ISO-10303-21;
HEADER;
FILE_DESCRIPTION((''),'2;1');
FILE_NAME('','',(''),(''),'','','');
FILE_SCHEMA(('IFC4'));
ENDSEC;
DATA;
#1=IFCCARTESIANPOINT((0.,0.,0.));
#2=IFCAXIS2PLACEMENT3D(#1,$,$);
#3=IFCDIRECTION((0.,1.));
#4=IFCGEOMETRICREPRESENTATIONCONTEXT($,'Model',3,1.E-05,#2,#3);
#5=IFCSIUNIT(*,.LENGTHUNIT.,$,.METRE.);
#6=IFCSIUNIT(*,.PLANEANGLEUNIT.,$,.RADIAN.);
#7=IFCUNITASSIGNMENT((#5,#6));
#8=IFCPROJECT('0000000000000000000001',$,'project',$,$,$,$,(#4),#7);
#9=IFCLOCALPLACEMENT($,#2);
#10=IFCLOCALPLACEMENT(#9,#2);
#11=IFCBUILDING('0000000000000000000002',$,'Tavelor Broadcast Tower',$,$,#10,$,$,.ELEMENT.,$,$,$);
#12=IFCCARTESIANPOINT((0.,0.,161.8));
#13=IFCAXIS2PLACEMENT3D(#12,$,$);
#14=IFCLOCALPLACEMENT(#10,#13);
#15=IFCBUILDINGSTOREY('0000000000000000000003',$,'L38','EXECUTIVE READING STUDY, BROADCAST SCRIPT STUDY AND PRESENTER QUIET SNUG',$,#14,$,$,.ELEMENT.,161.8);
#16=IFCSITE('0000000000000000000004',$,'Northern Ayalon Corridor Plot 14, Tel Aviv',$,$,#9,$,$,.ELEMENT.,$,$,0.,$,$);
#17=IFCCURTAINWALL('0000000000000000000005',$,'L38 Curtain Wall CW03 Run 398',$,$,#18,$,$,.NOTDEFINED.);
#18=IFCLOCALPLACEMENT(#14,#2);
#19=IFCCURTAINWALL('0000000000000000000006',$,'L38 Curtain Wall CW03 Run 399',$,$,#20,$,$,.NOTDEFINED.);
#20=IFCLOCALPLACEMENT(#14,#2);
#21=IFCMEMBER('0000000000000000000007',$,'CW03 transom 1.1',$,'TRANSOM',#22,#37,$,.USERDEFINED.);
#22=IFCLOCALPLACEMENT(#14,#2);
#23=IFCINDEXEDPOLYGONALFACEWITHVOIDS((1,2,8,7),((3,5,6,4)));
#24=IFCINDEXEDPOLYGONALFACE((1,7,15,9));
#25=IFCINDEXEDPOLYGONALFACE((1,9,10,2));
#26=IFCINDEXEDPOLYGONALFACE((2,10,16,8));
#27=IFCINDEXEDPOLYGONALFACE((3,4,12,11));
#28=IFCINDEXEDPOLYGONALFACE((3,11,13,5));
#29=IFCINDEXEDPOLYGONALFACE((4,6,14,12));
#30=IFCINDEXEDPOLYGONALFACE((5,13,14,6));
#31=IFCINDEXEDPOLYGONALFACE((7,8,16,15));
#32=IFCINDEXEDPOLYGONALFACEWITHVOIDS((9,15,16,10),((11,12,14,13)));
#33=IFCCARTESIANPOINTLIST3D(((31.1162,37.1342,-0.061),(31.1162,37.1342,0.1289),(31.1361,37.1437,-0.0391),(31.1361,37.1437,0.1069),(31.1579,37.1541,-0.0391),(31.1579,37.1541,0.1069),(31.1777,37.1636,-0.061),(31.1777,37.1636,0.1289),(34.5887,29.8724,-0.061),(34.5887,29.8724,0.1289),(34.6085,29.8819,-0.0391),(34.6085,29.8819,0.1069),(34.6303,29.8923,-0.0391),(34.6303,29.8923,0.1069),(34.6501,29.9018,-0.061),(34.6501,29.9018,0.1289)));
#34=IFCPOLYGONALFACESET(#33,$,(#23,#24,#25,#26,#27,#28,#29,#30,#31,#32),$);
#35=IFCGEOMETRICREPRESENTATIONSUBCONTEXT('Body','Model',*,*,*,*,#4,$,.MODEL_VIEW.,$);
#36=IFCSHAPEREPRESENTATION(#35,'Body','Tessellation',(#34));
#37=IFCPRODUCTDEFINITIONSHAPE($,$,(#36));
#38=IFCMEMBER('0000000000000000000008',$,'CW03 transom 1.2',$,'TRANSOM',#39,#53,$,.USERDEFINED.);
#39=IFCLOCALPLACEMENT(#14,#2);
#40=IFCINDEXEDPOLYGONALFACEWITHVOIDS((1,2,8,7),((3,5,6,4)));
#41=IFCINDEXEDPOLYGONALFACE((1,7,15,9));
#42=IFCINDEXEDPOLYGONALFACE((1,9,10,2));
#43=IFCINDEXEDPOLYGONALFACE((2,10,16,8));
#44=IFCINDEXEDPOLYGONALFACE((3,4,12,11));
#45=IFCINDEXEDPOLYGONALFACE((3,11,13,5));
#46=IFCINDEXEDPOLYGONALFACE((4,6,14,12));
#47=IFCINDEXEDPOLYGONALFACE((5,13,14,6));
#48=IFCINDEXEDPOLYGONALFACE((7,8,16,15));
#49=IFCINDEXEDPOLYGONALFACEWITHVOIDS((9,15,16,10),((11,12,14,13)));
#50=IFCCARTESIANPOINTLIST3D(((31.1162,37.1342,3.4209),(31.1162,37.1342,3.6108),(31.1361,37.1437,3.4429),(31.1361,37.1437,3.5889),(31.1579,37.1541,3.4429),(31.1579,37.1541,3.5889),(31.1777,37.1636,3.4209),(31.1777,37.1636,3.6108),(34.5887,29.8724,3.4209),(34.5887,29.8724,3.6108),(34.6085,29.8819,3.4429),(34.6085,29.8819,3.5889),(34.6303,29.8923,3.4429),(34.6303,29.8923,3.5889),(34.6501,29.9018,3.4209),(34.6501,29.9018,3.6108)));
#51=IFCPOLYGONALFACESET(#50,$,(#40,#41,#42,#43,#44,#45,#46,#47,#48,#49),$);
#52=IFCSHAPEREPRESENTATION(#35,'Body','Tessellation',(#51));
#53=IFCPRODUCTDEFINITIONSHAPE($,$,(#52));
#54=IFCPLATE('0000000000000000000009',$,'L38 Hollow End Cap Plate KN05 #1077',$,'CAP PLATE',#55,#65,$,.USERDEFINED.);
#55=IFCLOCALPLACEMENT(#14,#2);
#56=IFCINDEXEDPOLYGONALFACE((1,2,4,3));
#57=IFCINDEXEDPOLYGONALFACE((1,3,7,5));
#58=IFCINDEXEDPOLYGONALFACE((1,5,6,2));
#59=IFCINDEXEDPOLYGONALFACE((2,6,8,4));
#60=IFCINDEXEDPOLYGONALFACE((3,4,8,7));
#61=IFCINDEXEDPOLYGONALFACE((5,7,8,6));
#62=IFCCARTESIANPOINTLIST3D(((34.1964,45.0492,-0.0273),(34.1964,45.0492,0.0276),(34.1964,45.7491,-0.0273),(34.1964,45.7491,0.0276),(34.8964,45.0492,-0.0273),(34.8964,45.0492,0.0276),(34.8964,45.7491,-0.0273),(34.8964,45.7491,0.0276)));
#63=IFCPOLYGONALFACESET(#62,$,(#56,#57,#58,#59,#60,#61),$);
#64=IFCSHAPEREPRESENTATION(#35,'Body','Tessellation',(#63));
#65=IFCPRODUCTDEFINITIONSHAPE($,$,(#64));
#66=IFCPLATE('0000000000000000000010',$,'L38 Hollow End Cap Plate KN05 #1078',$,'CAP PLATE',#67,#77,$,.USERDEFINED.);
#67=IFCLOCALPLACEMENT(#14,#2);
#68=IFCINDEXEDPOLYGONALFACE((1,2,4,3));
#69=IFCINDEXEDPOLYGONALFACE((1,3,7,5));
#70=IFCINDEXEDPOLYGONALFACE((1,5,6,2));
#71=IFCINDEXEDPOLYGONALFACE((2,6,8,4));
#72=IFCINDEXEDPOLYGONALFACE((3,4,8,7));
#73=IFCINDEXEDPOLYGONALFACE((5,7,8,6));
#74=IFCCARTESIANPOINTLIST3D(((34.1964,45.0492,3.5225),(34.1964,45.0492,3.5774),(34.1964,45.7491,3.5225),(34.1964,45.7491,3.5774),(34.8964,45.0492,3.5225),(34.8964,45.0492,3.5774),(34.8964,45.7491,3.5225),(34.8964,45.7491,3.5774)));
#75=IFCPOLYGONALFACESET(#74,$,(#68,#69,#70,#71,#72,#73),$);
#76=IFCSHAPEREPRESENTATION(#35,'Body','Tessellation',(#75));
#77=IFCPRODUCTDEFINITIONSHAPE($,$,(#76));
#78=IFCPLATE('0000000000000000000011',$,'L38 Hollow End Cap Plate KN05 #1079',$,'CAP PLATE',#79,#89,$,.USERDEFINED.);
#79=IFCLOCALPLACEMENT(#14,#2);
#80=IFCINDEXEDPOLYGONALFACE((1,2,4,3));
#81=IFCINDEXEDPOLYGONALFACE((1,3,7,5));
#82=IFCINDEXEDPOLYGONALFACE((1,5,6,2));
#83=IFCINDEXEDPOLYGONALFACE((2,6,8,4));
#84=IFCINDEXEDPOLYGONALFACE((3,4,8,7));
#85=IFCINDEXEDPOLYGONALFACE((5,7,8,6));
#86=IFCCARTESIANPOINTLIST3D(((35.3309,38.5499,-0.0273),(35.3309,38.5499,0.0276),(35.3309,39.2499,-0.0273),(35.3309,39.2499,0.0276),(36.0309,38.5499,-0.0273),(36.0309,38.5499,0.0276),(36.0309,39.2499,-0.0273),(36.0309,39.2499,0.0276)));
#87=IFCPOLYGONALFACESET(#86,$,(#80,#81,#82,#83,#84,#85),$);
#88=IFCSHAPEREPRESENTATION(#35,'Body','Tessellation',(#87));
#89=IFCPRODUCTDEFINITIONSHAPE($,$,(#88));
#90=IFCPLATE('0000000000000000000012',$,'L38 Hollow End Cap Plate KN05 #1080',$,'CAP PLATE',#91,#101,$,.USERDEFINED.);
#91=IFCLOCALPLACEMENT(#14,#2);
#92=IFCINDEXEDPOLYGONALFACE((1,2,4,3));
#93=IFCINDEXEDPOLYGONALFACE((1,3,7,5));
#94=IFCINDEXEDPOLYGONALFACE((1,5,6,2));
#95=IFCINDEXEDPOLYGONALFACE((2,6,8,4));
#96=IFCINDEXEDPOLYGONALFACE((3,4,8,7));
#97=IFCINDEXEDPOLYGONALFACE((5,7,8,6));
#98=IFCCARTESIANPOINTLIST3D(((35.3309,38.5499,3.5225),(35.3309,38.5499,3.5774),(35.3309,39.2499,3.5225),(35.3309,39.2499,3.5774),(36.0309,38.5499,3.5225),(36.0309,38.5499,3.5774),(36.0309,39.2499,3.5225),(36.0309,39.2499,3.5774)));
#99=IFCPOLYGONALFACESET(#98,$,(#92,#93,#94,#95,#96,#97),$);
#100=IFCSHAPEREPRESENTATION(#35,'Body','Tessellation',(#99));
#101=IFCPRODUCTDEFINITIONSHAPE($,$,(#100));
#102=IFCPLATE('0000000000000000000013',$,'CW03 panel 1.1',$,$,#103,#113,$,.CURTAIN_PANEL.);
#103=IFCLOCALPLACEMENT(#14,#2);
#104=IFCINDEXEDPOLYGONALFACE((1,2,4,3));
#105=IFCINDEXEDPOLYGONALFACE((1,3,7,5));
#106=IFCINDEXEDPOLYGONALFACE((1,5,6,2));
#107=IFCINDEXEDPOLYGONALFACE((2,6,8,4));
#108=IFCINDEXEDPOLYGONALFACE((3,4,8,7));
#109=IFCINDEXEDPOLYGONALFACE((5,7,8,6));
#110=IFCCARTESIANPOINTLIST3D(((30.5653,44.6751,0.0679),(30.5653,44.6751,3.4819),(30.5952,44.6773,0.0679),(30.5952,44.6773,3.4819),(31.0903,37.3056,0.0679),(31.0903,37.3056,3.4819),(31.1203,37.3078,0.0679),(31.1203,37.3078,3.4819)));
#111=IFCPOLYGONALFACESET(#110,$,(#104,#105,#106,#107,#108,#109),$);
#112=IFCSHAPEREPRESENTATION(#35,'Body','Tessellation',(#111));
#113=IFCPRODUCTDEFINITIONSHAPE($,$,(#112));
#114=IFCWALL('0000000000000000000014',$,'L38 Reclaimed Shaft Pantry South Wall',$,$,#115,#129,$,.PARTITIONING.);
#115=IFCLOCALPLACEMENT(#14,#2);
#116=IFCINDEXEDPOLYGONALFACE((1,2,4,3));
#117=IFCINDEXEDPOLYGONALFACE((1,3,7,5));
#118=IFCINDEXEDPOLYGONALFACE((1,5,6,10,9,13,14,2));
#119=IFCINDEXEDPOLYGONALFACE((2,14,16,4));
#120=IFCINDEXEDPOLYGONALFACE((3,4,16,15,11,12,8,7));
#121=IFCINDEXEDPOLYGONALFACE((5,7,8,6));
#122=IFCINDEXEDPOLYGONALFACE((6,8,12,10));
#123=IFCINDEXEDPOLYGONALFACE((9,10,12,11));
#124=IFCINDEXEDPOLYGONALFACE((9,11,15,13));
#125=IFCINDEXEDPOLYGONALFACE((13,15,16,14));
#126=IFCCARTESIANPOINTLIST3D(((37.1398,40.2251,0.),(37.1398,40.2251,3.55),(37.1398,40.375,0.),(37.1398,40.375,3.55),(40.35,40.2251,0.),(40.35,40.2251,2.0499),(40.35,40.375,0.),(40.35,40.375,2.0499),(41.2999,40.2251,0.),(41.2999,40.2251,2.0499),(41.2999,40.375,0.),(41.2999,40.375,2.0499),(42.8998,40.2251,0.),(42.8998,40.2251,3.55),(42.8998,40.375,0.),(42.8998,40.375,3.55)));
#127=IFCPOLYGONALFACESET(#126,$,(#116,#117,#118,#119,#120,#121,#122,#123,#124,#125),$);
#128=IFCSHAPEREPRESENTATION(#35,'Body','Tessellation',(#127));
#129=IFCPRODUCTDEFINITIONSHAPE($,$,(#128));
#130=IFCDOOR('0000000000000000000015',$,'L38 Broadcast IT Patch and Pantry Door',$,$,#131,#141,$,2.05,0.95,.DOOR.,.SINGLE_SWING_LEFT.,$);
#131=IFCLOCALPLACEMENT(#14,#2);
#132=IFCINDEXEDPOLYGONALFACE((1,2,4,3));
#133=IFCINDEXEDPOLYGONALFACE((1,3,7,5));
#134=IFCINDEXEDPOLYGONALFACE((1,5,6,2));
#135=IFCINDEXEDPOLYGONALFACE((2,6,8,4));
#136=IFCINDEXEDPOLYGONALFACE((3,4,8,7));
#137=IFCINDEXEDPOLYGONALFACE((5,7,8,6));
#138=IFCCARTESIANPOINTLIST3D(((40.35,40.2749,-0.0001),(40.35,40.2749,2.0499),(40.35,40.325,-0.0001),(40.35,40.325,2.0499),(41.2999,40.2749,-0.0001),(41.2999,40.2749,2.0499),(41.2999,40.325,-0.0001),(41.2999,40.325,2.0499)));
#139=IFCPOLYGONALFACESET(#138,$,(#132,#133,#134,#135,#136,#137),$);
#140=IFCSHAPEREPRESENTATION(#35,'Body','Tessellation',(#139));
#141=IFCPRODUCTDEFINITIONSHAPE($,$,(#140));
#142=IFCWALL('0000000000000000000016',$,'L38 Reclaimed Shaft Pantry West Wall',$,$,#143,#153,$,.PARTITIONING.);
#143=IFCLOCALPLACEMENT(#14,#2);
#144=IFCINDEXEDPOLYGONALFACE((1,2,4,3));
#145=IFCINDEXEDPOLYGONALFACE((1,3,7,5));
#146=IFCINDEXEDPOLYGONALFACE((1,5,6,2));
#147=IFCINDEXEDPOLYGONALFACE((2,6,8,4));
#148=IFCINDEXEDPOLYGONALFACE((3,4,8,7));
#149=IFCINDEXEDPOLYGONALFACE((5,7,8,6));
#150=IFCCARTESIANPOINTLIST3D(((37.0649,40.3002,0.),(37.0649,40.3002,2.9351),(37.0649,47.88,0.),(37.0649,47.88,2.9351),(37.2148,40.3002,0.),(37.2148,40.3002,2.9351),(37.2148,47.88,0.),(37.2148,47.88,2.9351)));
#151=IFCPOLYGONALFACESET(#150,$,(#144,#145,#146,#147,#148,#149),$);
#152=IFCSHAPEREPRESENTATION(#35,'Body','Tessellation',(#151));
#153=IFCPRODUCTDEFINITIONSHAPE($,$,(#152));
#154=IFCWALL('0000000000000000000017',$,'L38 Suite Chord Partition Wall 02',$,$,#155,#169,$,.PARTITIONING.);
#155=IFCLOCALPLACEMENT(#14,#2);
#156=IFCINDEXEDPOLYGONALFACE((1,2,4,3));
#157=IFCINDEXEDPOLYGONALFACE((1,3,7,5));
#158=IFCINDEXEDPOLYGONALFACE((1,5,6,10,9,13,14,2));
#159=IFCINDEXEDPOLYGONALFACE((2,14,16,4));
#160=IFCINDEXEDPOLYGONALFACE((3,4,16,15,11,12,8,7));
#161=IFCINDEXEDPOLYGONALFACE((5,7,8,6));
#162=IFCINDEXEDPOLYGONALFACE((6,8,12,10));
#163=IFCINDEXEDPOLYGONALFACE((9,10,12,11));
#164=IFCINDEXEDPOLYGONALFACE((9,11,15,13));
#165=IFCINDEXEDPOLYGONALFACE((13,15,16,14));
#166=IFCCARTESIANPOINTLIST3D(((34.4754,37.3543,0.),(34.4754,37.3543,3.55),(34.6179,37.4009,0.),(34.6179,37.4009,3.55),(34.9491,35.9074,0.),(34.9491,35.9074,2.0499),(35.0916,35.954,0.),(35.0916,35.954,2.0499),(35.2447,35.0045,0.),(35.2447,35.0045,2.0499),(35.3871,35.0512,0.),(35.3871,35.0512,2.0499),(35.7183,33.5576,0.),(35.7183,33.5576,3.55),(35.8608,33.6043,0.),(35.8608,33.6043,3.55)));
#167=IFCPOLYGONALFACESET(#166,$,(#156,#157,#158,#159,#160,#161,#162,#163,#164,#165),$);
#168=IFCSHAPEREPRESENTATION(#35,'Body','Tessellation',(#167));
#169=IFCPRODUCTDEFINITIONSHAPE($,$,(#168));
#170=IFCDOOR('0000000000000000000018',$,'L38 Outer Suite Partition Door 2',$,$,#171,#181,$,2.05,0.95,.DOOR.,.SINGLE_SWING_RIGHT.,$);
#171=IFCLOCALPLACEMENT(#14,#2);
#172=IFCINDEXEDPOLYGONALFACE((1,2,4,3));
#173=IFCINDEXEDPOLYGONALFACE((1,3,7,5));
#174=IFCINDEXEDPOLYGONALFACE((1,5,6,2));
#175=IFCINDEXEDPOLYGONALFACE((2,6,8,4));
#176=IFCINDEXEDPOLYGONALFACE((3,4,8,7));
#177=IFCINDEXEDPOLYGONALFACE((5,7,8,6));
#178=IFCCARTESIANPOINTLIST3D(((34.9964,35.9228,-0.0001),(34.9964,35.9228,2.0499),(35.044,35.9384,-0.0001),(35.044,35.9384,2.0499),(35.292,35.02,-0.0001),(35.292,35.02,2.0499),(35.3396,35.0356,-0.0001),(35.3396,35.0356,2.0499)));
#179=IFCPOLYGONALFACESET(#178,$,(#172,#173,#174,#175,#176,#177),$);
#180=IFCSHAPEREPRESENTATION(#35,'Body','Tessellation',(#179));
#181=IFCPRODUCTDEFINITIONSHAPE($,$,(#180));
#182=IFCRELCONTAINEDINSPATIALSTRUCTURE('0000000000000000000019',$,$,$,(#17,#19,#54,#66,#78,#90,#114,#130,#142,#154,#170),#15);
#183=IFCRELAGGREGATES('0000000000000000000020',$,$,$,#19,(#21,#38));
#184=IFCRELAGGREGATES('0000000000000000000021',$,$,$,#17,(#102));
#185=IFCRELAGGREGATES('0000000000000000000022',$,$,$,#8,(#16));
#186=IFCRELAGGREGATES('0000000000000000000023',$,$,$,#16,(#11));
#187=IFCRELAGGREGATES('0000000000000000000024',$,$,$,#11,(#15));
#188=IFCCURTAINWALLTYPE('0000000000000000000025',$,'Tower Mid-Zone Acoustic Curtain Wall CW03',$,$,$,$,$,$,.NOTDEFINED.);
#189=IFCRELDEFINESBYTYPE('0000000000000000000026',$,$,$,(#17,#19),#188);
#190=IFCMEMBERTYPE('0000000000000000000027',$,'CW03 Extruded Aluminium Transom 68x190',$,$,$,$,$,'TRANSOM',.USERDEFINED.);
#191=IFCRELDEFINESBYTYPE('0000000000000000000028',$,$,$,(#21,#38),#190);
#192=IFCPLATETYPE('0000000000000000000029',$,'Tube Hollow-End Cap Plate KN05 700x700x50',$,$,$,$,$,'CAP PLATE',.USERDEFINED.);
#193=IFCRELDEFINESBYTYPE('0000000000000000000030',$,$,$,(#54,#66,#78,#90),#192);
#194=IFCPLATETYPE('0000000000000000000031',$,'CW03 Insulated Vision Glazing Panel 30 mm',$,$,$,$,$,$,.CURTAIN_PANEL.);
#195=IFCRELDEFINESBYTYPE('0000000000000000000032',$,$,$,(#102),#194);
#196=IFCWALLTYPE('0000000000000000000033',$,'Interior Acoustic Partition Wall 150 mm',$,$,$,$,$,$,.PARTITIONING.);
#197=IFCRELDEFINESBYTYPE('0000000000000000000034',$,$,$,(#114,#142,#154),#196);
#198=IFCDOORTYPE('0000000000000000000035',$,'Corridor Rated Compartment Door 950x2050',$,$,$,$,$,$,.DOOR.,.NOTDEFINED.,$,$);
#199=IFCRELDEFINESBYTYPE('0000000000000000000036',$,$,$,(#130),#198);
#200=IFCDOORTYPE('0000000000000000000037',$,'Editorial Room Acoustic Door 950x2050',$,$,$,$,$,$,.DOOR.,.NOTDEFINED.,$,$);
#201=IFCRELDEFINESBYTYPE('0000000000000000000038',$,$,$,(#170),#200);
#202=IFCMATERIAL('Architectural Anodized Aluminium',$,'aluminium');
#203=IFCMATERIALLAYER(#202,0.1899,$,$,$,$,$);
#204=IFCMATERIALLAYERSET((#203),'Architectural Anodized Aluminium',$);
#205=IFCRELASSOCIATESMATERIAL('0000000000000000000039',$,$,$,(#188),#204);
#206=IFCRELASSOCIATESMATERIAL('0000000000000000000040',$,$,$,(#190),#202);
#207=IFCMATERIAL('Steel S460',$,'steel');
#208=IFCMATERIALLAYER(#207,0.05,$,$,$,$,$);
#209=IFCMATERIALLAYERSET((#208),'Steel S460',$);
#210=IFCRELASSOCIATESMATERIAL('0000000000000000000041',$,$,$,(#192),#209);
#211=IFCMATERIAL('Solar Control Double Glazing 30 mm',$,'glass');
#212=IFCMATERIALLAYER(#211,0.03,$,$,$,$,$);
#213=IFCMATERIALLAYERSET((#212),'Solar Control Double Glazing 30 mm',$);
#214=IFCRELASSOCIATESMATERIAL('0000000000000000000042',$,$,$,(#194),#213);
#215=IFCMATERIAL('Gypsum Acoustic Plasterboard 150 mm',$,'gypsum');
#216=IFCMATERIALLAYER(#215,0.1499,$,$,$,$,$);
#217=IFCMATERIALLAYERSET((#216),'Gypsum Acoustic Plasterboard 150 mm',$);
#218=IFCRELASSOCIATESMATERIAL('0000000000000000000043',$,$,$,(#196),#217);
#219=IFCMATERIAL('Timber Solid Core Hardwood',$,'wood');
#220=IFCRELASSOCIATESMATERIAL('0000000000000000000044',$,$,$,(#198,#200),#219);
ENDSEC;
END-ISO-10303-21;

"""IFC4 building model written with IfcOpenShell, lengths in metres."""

from ifc_helpers import new_model, si_unit, direction, frame, frame_2d, origin, origin_2d, place, context, subcontext, project, spatial, rectangle, hollow_rectangle, extrude, source, transform, mapped, material, layer, layer_set, material_profile, profile_set, type_object, type_shapes, element, fill, aggregate, save


model = new_model("IFC4")

# Units and contexts
model_context = context("Model", 3, precision=1e-05, world=origin(), true_north=direction((0.0, 1.0)))
body_context = subcontext(model_context, "Body", "Model", "MODEL_VIEW")
ifc_project = project(units=[si_unit("LENGTHUNIT", "METRE"), si_unit("PLANEANGLEUNIT", "RADIAN")], contexts=[model_context])

# Site, building, storey
site_placement = place(None, origin())
site = spatial("IfcSite", under=ifc_project, at=site_placement, Name="Northern Ayalon Corridor Plot 14, Tel Aviv", CompositionType="ELEMENT", RefElevation=0.0)
building_placement = place(site_placement, origin())
building = spatial("IfcBuilding", under=site, at=building_placement, Name="Tavelor Broadcast Tower", CompositionType="ELEMENT")
storey_placement = place(building_placement, frame((0.0, 0.0, 161.8)))
storey = spatial("IfcBuildingStorey", under=building, at=storey_placement, Name="L38", Description="EXECUTIVE READING STUDY, BROADCAST SCRIPT STUDY AND PRESENTER QUIET SNUG", CompositionType="ELEMENT", Elevation=161.8)

# Shared definitions
ifc_material_1 = material(Name="Steel S460", Category="steel")

# Shared definitions
ifc_material_2 = material(Name="Architectural Anodized Aluminium", Category="aluminium")
ifc_layer_1 = layer(ifc_material_2, 0.1899)
ifc_layer_set_1 = layer_set([ifc_layer_1], Name="Architectural Anodized Aluminium")
curtain_wall_type = type_object("IfcCurtainWallType", Name="Tower Mid-Zone Acoustic Curtain Wall CW03", PredefinedType="NOTDEFINED", material=ifc_layer_set_1)

# Curtain wall
curtain_wall_1_placement = place(storey_placement, origin())
curtain_wall_1 = element("IfcCurtainWall", 1, at=curtain_wall_1_placement, inside=storey, type_object=curtain_wall_type, Name="L38 Curtain Wall CW03 Run 398", PredefinedType="NOTDEFINED")

# Curtain wall
curtain_wall_2_placement = place(storey_placement, origin())
curtain_wall_2 = element("IfcCurtainWall", 2, at=curtain_wall_2_placement, inside=storey, type_object=curtain_wall_type, Name="L38 Curtain Wall CW03 Run 399", PredefinedType="NOTDEFINED")

# Members
ifc_material_profile_1 = material_profile(ifc_material_2, hollow_rectangle(XDim=0.0681, YDim=0.1899, WallThickness=0.022, at=origin_2d()), Name="RHS 68x190x22")
ifc_profile_set_1 = profile_set([ifc_material_profile_1], Name="Architectural Anodized Aluminium")
member_type_1 = type_object("IfcMemberType", Name="CW03 Extruded Aluminium Transom 68x190", ElementType="TRANSOM", PredefinedType="USERDEFINED", material=ifc_profile_set_1)
shared_shape_1 = source(origin(), body_context, "Body", "SweptSolid", [
    extrude(hollow_rectangle(XDim=0.0681, YDim=0.1899, WallThickness=0.022, at=origin_2d()), origin(), (0.0, 0.0, 1.0), 8.0493),
])
member_1_placement = place(storey_placement, frame((31.147, 37.1489, 0.0339), z_axis=(0.431396, -0.902162, 0.0), x_axis=(0.902162, 0.431396, 0.0)))
member_1 = element("IfcMember", 3, at=member_1_placement, type_object=member_type_1, Name="CW03 transom 1.1", ObjectType="TRANSOM", PredefinedType="USERDEFINED", context=body_context, shape_type="MappedRepresentation", body=[
    mapped(shared_shape_1, transform((0.0, 0.0, 0.0), scale=1.0)),
])
member_2_placement = place(storey_placement, frame((31.147, 37.1489, 3.5159), z_axis=(0.431396, -0.902162, 0.0), x_axis=(0.902162, 0.431396, 0.0)))
member_2 = element("IfcMember", 4, at=member_2_placement, type_object=member_type_1, Name="CW03 transom 1.2", ObjectType="TRANSOM", PredefinedType="USERDEFINED", context=body_context, shape_type="MappedRepresentation", body=[
    mapped(shared_shape_1, transform((0.0, 0.0, 0.0), scale=1.0)),
])
aggregate(curtain_wall_2, [member_1, member_2])

# Plates
ifc_layer_2 = layer(ifc_material_1, 0.05)
ifc_layer_set_2 = layer_set([ifc_layer_2], Name="Steel S460")
plate_type_1 = type_object("IfcPlateType", Name="Tube Hollow-End Cap Plate KN05 700x700x50", ElementType="CAP PLATE", PredefinedType="USERDEFINED", material=ifc_layer_set_2)
shared_shape_2 = source(origin(), body_context, "Body", "SweptSolid", [
    extrude(rectangle(XDim=0.7, YDim=0.7, at=origin_2d()), origin(), (0.0, 0.0, 1.0), 0.0549),
])
type_shapes(plate_type_1, [shared_shape_2])
for number, where, z_axis, x_axis, name in (
    (5, (34.5464, 45.3992, -0.0273), (0.0, 0.0, 1.0), (1.0, 0.0, 0.0), "L38 Hollow End Cap Plate KN05 #1077"),
    (6, (34.5464, 45.3992, 3.5225), (0.0, 0.0, 1.0), (1.0, 0.0, 0.0), "L38 Hollow End Cap Plate KN05 #1078"),
    (7, (35.6809, 38.8999, -0.0273), (0.0, 0.0, 1.0), (1.0, 0.0, 0.0), "L38 Hollow End Cap Plate KN05 #1079"),
    (8, (35.6809, 38.8999, 3.5225), (0.0, 0.0, 1.0), (1.0, 0.0, 0.0), "L38 Hollow End Cap Plate KN05 #1080"),
):
    element("IfcPlate", number, at=place(storey_placement, frame(where, z_axis=z_axis, x_axis=x_axis)), inside=storey, type_object=plate_type_1, Name=name, ObjectType="CAP PLATE", PredefinedType="USERDEFINED", context=body_context, shape_type="MappedRepresentation", body=[
        mapped(shared_shape_2, transform((0.0, 0.0, 0.0), scale=1.0)),
    ])

# Plate
ifc_material_3 = material(Name="Solar Control Double Glazing 30 mm", Category="glass")
ifc_layer_3 = layer(ifc_material_3, 0.03)
ifc_layer_set_3 = layer_set([ifc_layer_3], Name="Solar Control Double Glazing 30 mm")
plate_type_2 = type_object("IfcPlateType", Name="CW03 Insulated Vision Glazing Panel 30 mm", PredefinedType="CURTAIN_PANEL", material=ifc_layer_set_3)
shared_shape_3 = source(origin(), body_context, "Body", "SweptSolid", [
    extrude(rectangle(XDim=7.3882, YDim=0.03, at=origin_2d()), origin(), (0.0, 0.0, 1.0), 3.4141),
])
type_shapes(plate_type_2, [shared_shape_3])
plate_placement = place(storey_placement, frame((30.8428, 40.9915, 0.0679), z_axis=(0.0, 0.0, 1.0), x_axis=(0.071065, -0.997472, 0.0)))
plate = element("IfcPlate", 9, at=plate_placement, type_object=plate_type_2, Name="CW03 panel 1.1", PredefinedType="CURTAIN_PANEL", context=body_context, shape_type="MappedRepresentation", body=[
    mapped(shared_shape_3, transform((0.0, 0.0, 0.0), scale=1.0)),
])
aggregate(curtain_wall_1, [plate])

# Wall, opening, door
ifc_material_4 = material(Name="Gypsum Acoustic Plasterboard 150 mm", Category="gypsum")
ifc_layer_4 = layer(ifc_material_4, 0.1499)
ifc_layer_set_4 = layer_set([ifc_layer_4], Name="Gypsum Acoustic Plasterboard 150 mm")
wall_type = type_object("IfcWallType", Name="Interior Acoustic Partition Wall 150 mm", PredefinedType="PARTITIONING", material=ifc_layer_set_4)
wall_1_placement = place(storey_placement, frame((37.1399, 40.3, 0.0), z_axis=(0.0, 0.0, 1.0), x_axis=(1.0, 0.0, 0.0)))
wall_1 = element("IfcWall", 10, at=wall_1_placement, inside=storey, type_object=wall_type, Name="L38 Reclaimed Shaft Pantry South Wall", PredefinedType="PARTITIONING", context=body_context, shape_type="SweptSolid", body=[
    extrude(rectangle(XDim=5.76, YDim=0.1499, at=frame_2d((2.8799, 0.0))), origin(), (0.0, 0.0, 1.0), 3.55),
])
opening_1_placement = place(wall_1_placement, frame((3.21, 0.0, 0.0)))
opening_1 = element("IfcOpeningElement", 11, at=opening_1_placement, cuts=wall_1, PredefinedType="OPENING", context=body_context, shape_type="SweptSolid", body=[
    extrude(rectangle(XDim=0.95, YDim=2.05, at=frame_2d((0.4751, 1.0249))), frame((0.0, 0.085, 0.0), z_axis=(0.0, -1.0, 0.0), x_axis=(1.0, 0.0, 0.0)), (0.0, 0.0, 1.0), 0.1699),
])
ifc_material_5 = material(Name="Timber Solid Core Hardwood", Category="wood")
door_type_1 = type_object("IfcDoorType", Name="Corridor Rated Compartment Door 950x2050", OperationType="NOTDEFINED", PredefinedType="DOOR", material=ifc_material_5)
door_1_placement = place(opening_1_placement, origin())
door_1 = element("IfcDoor", 12, at=door_1_placement, inside=storey, type_object=door_type_1, Name="L38 Broadcast IT Patch and Pantry Door", OperationType="SINGLE_SWING_LEFT", OverallHeight=2.05, OverallWidth=0.95, PredefinedType="DOOR", context=body_context, shape_type="SweptSolid", body=[
    extrude(rectangle(XDim=0.95, YDim=2.05, at=frame_2d((0.4751, 1.0249))), frame((0.0, 0.0249, 0.0), z_axis=(0.0, -1.0, 0.0), x_axis=(1.0, 0.0, 0.0)), (0.0, 0.0, 1.0), 0.05),
])
fill(opening_1, door_1)

# Wall
wall_2_placement = place(storey_placement, frame((37.1399, 40.3, 0.0), z_axis=(0.0, 0.0, 1.0), x_axis=(0.0, 1.0, 0.0)))
element("IfcWall", 13, at=wall_2_placement, inside=storey, type_object=wall_type, Name="L38 Reclaimed Shaft Pantry West Wall", PredefinedType="PARTITIONING", context=body_context, shape_type="SweptSolid", body=[
    extrude(rectangle(XDim=7.5798, YDim=0.1499, at=frame_2d((3.79, 0.0))), origin(), (0.0, 0.0, 1.0), 2.9351),
])

# Wall, opening, door
wall_3_placement = place(storey_placement, frame((34.5466, 37.3777, 0.0), z_axis=(0.0, 0.0, 1.0), x_axis=(0.311126, -0.950369, 0.0)))
wall_3 = element("IfcWall", 14, at=wall_3_placement, inside=storey, type_object=wall_type, Name="L38 Suite Chord Partition Wall 02", PredefinedType="PARTITIONING", context=body_context, shape_type="SweptSolid", body=[
    extrude(rectangle(XDim=3.9949, YDim=0.1499, at=frame_2d((1.9976, 0.0))), origin(), (0.0, 0.0, 1.0), 3.55),
])
opening_2_placement = place(wall_3_placement, frame((1.5225, 0.0, 0.0)))
opening_2 = element("IfcOpeningElement", 15, at=opening_2_placement, cuts=wall_3, PredefinedType="OPENING", context=body_context, shape_type="SweptSolid", body=[
    extrude(rectangle(XDim=0.95, YDim=2.05, at=frame_2d((0.4751, 1.0249))), frame((0.0, 0.085, 0.0), z_axis=(0.0, -1.0, 0.0), x_axis=(1.0, 0.0, 0.0)), (0.0, 0.0, 1.0), 0.1699),
])
door_type_2 = type_object("IfcDoorType", Name="Editorial Room Acoustic Door 950x2050", OperationType="NOTDEFINED", PredefinedType="DOOR", material=ifc_material_5)
door_2_placement = place(opening_2_placement, origin())
door_2 = element("IfcDoor", 16, at=door_2_placement, inside=storey, type_object=door_type_2, Name="L38 Outer Suite Partition Door 2", OperationType="SINGLE_SWING_RIGHT", OverallHeight=2.05, OverallWidth=0.95, PredefinedType="DOOR", context=body_context, shape_type="SweptSolid", body=[
    extrude(rectangle(XDim=0.95, YDim=2.05, at=frame_2d((0.4751, 1.0249))), frame((0.0, 0.0249, 0.0), z_axis=(0.0, -1.0, 0.0), x_axis=(1.0, 0.0, 0.0)), (0.0, 0.0, 1.0), 0.05),
])
fill(opening_2, door_2)

save(model, "model.ifc")
